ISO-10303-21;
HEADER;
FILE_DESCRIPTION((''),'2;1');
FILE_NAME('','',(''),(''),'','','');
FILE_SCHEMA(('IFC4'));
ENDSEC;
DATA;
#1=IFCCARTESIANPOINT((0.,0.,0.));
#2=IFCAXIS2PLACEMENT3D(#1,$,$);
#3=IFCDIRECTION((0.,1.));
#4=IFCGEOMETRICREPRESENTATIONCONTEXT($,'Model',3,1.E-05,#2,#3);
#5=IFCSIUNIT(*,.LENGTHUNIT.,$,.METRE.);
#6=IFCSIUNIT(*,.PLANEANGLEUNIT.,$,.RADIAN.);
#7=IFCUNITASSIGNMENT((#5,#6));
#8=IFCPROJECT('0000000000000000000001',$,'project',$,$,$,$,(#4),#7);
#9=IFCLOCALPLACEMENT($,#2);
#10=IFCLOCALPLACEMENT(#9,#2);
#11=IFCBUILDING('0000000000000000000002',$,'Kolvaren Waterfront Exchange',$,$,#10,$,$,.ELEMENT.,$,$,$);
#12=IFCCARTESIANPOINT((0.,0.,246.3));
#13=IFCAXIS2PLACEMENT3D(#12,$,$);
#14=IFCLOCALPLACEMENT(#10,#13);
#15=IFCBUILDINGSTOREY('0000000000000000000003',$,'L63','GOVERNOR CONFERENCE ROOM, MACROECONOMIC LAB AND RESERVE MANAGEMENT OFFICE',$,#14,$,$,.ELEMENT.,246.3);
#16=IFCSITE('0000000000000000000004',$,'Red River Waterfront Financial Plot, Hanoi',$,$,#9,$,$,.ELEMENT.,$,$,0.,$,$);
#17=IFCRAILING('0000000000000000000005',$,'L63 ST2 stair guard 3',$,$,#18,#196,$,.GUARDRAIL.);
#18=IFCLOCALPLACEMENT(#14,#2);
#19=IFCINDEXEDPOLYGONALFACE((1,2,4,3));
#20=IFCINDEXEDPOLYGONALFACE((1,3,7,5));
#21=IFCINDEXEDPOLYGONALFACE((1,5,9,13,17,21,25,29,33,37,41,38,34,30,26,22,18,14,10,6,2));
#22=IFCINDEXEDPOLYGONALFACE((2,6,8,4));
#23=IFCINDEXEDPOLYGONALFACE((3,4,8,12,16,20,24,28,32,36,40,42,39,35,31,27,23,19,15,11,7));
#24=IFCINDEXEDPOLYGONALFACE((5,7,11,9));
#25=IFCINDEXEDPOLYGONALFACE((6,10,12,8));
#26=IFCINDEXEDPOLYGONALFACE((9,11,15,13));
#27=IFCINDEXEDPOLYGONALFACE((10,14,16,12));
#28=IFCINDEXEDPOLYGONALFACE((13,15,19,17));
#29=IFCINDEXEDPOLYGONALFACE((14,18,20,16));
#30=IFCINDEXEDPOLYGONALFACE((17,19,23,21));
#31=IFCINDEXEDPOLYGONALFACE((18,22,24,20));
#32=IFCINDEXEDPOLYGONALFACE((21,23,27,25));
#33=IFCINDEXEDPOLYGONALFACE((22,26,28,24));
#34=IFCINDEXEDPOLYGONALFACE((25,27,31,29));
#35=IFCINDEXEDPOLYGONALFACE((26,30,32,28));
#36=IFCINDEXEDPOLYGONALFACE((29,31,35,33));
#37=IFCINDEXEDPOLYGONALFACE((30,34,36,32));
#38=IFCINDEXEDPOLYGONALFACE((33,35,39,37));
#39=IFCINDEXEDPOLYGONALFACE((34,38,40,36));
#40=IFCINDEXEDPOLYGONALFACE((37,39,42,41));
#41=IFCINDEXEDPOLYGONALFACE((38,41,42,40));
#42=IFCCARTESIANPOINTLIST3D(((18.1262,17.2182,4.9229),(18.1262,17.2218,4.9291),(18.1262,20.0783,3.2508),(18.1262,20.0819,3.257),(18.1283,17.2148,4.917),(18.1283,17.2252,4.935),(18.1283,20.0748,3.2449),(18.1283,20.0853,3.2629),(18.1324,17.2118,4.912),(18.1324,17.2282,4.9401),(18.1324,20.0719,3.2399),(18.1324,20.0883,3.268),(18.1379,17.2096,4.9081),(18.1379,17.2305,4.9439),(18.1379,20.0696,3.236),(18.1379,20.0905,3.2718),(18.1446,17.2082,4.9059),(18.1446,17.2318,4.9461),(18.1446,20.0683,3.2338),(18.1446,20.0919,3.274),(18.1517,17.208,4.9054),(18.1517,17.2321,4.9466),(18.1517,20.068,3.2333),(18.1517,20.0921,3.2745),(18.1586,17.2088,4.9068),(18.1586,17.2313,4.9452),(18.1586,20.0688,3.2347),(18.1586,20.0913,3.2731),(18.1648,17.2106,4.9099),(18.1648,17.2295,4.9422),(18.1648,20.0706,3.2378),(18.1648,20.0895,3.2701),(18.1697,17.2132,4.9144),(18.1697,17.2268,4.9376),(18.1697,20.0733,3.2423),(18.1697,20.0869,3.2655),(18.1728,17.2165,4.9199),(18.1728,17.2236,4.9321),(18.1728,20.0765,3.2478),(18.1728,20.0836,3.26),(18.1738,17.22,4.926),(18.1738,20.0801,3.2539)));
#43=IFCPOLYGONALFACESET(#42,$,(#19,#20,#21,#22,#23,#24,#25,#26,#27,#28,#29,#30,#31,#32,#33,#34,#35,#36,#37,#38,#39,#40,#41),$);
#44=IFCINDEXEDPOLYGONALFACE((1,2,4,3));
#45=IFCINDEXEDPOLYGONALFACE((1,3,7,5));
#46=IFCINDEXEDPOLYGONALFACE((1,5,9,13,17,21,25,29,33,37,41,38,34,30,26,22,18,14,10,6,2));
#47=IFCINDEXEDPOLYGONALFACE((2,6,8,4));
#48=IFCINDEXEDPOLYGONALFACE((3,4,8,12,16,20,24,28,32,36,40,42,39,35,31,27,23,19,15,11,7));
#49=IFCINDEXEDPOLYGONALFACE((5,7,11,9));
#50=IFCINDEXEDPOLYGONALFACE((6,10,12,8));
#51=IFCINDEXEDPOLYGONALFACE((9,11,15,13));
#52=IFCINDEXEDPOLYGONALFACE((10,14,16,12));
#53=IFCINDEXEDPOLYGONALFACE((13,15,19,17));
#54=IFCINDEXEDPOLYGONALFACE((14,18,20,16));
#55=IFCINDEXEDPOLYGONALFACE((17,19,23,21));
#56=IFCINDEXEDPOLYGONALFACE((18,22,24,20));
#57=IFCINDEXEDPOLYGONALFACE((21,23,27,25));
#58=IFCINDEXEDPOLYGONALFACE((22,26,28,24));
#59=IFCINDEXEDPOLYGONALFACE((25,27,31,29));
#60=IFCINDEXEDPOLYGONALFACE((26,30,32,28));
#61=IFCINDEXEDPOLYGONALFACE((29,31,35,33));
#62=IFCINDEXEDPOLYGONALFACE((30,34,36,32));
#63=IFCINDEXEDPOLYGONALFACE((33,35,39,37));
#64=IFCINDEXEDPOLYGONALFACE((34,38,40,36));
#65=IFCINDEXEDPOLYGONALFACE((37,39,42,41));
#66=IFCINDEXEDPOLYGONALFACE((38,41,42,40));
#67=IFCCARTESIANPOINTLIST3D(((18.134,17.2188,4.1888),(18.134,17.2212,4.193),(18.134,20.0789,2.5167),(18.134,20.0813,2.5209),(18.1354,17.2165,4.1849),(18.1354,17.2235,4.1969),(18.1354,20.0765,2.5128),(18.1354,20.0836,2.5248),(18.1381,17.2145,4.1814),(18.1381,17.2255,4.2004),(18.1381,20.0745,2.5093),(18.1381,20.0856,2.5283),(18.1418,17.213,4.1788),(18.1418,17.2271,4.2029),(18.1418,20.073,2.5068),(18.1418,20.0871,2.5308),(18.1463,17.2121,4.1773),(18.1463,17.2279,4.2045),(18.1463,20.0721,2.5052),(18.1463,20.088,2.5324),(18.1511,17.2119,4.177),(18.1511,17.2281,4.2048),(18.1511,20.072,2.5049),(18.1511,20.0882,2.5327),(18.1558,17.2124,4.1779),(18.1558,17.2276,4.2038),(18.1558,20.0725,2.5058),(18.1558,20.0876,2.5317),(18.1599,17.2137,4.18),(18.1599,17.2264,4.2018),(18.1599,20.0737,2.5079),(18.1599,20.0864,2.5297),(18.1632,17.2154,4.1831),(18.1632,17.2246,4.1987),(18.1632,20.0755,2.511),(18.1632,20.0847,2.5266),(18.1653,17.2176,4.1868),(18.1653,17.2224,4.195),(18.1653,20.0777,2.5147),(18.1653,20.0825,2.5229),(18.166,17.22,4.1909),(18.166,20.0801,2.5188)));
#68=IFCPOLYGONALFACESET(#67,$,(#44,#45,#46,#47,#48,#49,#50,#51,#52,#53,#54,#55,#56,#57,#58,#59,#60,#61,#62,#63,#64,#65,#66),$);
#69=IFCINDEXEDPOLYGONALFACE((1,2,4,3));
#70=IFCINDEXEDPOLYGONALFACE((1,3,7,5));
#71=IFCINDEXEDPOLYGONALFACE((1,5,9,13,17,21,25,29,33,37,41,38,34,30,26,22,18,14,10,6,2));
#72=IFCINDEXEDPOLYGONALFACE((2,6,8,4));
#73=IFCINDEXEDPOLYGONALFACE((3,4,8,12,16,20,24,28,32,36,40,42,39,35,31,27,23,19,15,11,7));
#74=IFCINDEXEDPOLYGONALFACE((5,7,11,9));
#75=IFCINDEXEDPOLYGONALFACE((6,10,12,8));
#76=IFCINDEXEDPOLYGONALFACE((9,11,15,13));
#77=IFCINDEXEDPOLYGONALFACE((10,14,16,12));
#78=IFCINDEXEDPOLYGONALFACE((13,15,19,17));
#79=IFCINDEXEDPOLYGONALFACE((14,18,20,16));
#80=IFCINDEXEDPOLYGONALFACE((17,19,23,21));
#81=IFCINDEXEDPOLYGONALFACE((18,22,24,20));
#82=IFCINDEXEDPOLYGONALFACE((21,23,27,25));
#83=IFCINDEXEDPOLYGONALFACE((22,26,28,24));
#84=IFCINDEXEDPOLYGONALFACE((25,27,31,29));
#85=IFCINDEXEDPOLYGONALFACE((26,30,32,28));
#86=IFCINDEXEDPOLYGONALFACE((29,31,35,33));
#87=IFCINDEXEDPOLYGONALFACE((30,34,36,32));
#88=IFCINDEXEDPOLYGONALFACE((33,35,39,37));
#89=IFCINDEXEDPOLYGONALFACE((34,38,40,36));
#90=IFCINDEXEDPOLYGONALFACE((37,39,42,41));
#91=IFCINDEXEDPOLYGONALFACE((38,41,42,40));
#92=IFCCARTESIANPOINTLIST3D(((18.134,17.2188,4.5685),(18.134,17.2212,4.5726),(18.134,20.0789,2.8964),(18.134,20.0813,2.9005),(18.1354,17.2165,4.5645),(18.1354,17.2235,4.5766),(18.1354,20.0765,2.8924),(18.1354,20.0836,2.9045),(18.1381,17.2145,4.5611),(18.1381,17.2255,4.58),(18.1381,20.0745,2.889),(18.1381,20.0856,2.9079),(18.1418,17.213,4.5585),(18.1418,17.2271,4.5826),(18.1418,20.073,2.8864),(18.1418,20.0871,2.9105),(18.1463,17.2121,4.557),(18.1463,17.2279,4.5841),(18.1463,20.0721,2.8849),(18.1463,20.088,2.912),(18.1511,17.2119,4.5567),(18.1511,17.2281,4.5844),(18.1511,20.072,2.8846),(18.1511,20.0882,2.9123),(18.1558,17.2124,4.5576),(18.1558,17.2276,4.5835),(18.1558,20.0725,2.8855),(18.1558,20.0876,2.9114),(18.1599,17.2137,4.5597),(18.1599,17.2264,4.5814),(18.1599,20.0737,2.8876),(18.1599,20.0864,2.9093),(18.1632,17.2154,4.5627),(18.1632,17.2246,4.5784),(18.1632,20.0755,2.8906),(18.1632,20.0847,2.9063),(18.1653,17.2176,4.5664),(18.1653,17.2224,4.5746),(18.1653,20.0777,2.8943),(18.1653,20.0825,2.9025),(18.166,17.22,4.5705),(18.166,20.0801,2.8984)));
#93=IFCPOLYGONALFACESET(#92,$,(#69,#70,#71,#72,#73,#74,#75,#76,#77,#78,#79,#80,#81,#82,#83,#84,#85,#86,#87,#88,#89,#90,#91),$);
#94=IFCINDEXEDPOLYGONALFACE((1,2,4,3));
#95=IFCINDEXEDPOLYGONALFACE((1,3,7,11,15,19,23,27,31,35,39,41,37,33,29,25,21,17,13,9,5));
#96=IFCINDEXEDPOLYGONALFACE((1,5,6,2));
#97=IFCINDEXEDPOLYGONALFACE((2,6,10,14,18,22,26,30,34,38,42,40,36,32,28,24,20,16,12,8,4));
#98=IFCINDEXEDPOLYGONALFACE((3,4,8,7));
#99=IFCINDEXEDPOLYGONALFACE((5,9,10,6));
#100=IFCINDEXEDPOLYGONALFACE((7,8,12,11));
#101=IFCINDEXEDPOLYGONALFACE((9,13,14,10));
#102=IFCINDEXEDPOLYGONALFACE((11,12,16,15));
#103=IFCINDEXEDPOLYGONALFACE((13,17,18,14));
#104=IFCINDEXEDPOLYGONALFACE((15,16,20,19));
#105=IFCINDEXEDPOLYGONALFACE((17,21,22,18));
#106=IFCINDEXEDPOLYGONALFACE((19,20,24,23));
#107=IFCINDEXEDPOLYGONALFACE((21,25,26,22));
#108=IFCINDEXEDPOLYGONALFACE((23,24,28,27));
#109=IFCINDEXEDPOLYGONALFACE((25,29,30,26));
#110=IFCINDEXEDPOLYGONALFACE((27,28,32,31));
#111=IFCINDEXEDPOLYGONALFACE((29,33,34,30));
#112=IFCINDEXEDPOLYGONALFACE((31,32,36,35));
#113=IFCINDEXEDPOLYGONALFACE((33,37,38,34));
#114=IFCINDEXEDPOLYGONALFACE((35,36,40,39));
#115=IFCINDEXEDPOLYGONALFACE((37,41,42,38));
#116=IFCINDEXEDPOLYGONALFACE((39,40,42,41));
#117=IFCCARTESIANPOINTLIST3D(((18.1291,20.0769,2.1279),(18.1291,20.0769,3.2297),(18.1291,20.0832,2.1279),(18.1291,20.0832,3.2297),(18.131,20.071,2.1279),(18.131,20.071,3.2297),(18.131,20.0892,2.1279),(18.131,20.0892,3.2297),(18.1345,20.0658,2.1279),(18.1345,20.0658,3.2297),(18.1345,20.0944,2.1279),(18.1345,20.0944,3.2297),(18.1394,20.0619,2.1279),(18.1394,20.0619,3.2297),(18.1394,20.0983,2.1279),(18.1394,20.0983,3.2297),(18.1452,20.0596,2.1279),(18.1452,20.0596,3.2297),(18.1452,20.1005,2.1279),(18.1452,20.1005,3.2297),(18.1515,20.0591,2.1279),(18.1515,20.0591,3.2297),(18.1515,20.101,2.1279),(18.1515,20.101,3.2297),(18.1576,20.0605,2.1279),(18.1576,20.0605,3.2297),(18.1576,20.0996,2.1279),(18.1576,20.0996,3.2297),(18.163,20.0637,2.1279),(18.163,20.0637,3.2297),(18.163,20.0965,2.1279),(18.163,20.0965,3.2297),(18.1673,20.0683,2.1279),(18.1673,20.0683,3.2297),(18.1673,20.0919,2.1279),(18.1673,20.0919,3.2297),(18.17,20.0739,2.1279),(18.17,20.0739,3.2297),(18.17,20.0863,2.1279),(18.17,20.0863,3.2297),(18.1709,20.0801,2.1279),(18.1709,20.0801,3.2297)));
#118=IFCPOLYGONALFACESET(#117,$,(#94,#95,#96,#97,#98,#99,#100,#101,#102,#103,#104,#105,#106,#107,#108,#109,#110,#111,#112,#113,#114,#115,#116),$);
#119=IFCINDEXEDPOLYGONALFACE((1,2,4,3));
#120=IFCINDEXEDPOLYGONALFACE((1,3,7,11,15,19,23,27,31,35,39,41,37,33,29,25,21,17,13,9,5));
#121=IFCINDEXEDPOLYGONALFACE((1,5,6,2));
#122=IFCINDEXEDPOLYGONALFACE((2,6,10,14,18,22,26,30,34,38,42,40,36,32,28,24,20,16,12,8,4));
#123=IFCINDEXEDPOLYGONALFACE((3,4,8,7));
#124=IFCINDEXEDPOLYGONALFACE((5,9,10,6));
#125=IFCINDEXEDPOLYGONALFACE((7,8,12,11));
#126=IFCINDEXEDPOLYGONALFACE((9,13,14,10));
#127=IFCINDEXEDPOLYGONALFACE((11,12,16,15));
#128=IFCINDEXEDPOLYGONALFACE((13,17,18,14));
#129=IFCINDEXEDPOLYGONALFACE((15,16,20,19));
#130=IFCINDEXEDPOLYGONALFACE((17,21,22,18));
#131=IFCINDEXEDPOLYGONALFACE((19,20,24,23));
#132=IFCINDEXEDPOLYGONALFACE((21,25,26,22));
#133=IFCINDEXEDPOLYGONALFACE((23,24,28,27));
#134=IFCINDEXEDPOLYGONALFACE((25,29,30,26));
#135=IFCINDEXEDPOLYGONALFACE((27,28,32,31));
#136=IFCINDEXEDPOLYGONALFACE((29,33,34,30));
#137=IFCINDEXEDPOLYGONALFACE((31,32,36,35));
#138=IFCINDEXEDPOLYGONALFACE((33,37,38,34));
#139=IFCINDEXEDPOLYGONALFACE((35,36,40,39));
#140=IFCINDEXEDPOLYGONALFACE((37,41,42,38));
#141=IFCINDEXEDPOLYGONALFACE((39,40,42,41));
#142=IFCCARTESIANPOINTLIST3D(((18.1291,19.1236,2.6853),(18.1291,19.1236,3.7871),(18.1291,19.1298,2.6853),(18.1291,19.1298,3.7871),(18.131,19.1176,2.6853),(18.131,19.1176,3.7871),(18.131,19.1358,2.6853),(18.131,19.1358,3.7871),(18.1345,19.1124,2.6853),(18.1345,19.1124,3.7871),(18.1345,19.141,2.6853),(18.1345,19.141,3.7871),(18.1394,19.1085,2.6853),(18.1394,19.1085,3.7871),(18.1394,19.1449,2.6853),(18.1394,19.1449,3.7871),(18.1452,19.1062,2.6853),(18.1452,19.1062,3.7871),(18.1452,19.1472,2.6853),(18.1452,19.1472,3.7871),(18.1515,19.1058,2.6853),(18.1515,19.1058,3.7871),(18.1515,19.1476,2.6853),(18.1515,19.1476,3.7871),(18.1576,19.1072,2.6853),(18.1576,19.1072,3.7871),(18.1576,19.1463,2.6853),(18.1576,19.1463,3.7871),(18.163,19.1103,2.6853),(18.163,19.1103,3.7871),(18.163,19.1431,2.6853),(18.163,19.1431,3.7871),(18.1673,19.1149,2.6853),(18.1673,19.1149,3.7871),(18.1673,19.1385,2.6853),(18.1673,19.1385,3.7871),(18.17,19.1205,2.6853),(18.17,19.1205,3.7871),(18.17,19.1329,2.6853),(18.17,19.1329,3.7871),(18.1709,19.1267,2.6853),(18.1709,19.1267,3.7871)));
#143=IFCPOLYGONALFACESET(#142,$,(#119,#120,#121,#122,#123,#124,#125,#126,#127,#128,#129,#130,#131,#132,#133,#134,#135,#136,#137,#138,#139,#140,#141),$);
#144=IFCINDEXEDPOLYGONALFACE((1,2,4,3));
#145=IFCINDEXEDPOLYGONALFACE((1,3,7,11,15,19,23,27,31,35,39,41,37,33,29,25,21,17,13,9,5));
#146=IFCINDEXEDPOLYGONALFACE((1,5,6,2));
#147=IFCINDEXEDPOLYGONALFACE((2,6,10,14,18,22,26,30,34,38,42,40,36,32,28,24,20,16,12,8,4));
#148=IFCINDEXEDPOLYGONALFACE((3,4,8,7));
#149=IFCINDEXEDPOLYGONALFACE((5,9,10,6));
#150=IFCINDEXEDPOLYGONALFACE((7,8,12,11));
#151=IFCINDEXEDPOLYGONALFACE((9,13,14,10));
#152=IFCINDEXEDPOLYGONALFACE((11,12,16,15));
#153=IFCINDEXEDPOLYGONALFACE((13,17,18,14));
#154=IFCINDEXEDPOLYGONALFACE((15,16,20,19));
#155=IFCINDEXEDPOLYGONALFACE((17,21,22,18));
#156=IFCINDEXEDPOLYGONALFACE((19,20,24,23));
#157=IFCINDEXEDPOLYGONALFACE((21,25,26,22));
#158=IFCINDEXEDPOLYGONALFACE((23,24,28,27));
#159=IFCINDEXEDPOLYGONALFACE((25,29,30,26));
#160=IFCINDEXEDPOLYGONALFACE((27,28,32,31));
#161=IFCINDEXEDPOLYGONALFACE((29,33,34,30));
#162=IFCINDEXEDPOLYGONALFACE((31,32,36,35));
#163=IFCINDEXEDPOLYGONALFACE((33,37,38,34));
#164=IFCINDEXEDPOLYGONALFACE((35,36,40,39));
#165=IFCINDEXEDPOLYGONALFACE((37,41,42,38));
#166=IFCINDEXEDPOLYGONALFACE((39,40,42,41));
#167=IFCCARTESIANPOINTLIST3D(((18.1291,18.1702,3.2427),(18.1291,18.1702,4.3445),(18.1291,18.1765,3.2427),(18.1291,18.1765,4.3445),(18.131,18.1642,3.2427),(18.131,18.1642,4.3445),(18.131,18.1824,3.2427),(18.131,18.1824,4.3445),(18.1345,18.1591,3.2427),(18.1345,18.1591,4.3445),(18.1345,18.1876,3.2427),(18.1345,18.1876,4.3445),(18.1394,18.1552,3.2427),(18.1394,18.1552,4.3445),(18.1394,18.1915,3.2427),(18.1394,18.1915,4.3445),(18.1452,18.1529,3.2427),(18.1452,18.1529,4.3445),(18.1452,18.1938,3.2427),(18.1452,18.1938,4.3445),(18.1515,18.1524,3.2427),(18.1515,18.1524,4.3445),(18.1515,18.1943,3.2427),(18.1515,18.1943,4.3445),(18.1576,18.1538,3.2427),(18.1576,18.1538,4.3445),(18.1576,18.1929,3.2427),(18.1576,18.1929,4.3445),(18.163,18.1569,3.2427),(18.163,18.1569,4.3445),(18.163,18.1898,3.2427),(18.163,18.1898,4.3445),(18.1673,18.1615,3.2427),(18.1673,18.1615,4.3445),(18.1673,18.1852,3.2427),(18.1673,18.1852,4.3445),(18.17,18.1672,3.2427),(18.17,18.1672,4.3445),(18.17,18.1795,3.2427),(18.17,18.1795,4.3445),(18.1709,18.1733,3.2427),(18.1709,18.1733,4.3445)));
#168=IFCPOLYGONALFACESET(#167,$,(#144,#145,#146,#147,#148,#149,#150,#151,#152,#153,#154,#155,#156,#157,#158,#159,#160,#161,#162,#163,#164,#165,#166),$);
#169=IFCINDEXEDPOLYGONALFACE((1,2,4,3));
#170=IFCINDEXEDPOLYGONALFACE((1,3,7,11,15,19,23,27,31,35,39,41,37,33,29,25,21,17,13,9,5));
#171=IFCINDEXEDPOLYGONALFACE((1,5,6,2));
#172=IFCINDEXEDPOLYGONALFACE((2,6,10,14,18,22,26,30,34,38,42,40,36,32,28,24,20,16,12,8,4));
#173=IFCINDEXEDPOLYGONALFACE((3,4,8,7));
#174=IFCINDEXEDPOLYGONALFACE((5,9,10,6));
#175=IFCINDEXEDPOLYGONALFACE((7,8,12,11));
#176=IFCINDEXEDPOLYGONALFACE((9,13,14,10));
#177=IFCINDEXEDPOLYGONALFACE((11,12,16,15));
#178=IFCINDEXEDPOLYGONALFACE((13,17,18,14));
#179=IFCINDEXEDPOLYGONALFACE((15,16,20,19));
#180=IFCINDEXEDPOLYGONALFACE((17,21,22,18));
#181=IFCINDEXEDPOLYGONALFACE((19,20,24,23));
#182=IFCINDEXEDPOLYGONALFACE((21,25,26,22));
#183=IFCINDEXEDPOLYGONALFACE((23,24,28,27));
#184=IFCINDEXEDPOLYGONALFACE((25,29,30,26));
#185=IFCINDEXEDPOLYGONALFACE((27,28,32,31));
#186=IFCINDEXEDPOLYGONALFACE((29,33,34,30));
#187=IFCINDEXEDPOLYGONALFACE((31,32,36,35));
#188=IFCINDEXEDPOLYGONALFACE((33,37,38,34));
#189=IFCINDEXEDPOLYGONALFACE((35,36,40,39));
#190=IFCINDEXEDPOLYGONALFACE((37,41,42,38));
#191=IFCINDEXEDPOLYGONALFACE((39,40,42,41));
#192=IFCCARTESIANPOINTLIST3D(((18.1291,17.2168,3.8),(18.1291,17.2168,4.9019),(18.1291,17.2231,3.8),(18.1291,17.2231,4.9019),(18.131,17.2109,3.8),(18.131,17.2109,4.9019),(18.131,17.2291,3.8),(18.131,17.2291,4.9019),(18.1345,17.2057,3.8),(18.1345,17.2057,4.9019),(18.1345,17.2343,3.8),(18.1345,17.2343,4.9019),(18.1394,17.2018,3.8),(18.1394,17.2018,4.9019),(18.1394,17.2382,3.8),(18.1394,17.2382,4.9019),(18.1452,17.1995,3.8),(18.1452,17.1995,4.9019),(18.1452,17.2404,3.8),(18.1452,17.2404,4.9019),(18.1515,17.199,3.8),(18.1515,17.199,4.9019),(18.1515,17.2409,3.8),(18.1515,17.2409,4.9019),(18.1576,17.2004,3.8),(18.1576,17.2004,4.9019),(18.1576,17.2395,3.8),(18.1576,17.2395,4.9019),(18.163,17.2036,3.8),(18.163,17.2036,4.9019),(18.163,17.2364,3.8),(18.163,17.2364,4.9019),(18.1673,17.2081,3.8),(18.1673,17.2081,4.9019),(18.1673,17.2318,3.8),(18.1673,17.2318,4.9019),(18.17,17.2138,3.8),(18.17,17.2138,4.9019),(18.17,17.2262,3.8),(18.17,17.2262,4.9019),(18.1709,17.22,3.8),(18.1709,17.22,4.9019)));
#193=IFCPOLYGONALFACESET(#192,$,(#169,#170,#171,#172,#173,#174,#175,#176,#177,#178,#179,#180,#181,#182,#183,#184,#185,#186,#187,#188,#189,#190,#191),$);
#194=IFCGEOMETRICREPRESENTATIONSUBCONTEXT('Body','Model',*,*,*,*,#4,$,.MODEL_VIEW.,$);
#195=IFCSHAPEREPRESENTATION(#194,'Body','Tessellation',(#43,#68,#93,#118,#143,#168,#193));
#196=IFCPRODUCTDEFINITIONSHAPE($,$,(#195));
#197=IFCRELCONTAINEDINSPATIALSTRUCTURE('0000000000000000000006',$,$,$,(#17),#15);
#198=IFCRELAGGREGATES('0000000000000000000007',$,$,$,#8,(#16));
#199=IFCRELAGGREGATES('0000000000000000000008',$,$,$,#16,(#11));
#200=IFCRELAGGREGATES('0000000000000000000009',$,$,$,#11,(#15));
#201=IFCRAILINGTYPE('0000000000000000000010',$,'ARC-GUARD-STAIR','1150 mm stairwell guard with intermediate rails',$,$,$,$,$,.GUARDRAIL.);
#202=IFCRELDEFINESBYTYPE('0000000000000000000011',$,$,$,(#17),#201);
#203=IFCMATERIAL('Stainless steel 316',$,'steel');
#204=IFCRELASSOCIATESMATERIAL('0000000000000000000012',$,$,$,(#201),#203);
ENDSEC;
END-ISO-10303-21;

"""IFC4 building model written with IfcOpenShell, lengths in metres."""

from ifc_helpers import new_model, si_unit, direction, frame, origin, origin_2d, place, context, subcontext, project, spatial, circle, extrude, material, type_object, element, save


model = new_model("IFC4")

# Units and contexts
model_context = context("Model", 3, precision=1e-05, world=origin(), true_north=direction((0.0, 1.0)))
body_context = subcontext(model_context, "Body", "Model", "MODEL_VIEW")
ifc_project = project(units=[si_unit("LENGTHUNIT", "METRE"), si_unit("PLANEANGLEUNIT", "RADIAN")], contexts=[model_context])

# Site, building, storey
site_placement = place(None, origin())
site = spatial("IfcSite", under=ifc_project, at=site_placement, Name="Red River Waterfront Financial Plot, Hanoi", CompositionType="ELEMENT", RefElevation=0.0)
building_placement = place(site_placement, origin())
building = spatial("IfcBuilding", under=site, at=building_placement, Name="Kolvaren Waterfront Exchange", CompositionType="ELEMENT")
storey_placement = place(building_placement, frame((0.0, 0.0, 246.3)))
storey = spatial("IfcBuildingStorey", under=building, at=storey_placement, Name="L63", Description="GOVERNOR CONFERENCE ROOM, MACROECONOMIC LAB AND RESERVE MANAGEMENT OFFICE", CompositionType="ELEMENT", Elevation=246.3)

# Railing
ifc_material_1 = material(Name="Stainless steel 316", Category="steel")
railing_type_1 = type_object("IfcRailingType", Name="ARC-GUARD-STAIR", Description="1150 mm stairwell guard with intermediate rails", PredefinedType="GUARDRAIL", material=ifc_material_1)
railing_1_placement = place(storey_placement, frame((18.1499, 20.0801, 2.1279)))
element("IfcRailing", 1, at=railing_1_placement, inside=storey, type_object=railing_type_1, Name="L63 ST2 stair guard 3", PredefinedType="GUARDRAIL", context=body_context, shape_type="SweptSolid", body=[
    extrude(circle(Radius=0.0239, at=origin_2d()), frame((0.0, 0.0, 1.126), z_axis=(0.0, -0.863289, 0.504709), x_axis=(1.0, 0.0, 0.0)), (0.0, 0.0, 1.0), 3.313),
    extrude(circle(Radius=0.0161, at=origin_2d()), frame((0.0, 0.0, 0.3909), z_axis=(0.0, -0.863289, 0.504709), x_axis=(1.0, 0.0, 0.0)), (0.0, 0.0, 1.0), 3.313),
    extrude(circle(Radius=0.0161, at=origin_2d()), frame((0.0, 0.0, 0.7705), z_axis=(0.0, -0.863289, 0.504709), x_axis=(1.0, 0.0, 0.0)), (0.0, 0.0, 1.0), 3.313),
    extrude(circle(Radius=0.021, at=origin_2d()), origin(), (0.0, 0.0, 1.0), 1.1018),
    extrude(circle(Radius=0.021, at=origin_2d()), frame((0.0, -0.9534, 0.5574)), (0.0, 0.0, 1.0), 1.1018),
    extrude(circle(Radius=0.021, at=origin_2d()), frame((0.0, -1.9067, 1.1147)), (0.0, 0.0, 1.0), 1.1018),
    extrude(circle(Radius=0.021, at=origin_2d()), frame((0.0, -2.8601, 1.6721)), (0.0, 0.0, 1.0), 1.1018),
])

save(model, "model.ifc")
